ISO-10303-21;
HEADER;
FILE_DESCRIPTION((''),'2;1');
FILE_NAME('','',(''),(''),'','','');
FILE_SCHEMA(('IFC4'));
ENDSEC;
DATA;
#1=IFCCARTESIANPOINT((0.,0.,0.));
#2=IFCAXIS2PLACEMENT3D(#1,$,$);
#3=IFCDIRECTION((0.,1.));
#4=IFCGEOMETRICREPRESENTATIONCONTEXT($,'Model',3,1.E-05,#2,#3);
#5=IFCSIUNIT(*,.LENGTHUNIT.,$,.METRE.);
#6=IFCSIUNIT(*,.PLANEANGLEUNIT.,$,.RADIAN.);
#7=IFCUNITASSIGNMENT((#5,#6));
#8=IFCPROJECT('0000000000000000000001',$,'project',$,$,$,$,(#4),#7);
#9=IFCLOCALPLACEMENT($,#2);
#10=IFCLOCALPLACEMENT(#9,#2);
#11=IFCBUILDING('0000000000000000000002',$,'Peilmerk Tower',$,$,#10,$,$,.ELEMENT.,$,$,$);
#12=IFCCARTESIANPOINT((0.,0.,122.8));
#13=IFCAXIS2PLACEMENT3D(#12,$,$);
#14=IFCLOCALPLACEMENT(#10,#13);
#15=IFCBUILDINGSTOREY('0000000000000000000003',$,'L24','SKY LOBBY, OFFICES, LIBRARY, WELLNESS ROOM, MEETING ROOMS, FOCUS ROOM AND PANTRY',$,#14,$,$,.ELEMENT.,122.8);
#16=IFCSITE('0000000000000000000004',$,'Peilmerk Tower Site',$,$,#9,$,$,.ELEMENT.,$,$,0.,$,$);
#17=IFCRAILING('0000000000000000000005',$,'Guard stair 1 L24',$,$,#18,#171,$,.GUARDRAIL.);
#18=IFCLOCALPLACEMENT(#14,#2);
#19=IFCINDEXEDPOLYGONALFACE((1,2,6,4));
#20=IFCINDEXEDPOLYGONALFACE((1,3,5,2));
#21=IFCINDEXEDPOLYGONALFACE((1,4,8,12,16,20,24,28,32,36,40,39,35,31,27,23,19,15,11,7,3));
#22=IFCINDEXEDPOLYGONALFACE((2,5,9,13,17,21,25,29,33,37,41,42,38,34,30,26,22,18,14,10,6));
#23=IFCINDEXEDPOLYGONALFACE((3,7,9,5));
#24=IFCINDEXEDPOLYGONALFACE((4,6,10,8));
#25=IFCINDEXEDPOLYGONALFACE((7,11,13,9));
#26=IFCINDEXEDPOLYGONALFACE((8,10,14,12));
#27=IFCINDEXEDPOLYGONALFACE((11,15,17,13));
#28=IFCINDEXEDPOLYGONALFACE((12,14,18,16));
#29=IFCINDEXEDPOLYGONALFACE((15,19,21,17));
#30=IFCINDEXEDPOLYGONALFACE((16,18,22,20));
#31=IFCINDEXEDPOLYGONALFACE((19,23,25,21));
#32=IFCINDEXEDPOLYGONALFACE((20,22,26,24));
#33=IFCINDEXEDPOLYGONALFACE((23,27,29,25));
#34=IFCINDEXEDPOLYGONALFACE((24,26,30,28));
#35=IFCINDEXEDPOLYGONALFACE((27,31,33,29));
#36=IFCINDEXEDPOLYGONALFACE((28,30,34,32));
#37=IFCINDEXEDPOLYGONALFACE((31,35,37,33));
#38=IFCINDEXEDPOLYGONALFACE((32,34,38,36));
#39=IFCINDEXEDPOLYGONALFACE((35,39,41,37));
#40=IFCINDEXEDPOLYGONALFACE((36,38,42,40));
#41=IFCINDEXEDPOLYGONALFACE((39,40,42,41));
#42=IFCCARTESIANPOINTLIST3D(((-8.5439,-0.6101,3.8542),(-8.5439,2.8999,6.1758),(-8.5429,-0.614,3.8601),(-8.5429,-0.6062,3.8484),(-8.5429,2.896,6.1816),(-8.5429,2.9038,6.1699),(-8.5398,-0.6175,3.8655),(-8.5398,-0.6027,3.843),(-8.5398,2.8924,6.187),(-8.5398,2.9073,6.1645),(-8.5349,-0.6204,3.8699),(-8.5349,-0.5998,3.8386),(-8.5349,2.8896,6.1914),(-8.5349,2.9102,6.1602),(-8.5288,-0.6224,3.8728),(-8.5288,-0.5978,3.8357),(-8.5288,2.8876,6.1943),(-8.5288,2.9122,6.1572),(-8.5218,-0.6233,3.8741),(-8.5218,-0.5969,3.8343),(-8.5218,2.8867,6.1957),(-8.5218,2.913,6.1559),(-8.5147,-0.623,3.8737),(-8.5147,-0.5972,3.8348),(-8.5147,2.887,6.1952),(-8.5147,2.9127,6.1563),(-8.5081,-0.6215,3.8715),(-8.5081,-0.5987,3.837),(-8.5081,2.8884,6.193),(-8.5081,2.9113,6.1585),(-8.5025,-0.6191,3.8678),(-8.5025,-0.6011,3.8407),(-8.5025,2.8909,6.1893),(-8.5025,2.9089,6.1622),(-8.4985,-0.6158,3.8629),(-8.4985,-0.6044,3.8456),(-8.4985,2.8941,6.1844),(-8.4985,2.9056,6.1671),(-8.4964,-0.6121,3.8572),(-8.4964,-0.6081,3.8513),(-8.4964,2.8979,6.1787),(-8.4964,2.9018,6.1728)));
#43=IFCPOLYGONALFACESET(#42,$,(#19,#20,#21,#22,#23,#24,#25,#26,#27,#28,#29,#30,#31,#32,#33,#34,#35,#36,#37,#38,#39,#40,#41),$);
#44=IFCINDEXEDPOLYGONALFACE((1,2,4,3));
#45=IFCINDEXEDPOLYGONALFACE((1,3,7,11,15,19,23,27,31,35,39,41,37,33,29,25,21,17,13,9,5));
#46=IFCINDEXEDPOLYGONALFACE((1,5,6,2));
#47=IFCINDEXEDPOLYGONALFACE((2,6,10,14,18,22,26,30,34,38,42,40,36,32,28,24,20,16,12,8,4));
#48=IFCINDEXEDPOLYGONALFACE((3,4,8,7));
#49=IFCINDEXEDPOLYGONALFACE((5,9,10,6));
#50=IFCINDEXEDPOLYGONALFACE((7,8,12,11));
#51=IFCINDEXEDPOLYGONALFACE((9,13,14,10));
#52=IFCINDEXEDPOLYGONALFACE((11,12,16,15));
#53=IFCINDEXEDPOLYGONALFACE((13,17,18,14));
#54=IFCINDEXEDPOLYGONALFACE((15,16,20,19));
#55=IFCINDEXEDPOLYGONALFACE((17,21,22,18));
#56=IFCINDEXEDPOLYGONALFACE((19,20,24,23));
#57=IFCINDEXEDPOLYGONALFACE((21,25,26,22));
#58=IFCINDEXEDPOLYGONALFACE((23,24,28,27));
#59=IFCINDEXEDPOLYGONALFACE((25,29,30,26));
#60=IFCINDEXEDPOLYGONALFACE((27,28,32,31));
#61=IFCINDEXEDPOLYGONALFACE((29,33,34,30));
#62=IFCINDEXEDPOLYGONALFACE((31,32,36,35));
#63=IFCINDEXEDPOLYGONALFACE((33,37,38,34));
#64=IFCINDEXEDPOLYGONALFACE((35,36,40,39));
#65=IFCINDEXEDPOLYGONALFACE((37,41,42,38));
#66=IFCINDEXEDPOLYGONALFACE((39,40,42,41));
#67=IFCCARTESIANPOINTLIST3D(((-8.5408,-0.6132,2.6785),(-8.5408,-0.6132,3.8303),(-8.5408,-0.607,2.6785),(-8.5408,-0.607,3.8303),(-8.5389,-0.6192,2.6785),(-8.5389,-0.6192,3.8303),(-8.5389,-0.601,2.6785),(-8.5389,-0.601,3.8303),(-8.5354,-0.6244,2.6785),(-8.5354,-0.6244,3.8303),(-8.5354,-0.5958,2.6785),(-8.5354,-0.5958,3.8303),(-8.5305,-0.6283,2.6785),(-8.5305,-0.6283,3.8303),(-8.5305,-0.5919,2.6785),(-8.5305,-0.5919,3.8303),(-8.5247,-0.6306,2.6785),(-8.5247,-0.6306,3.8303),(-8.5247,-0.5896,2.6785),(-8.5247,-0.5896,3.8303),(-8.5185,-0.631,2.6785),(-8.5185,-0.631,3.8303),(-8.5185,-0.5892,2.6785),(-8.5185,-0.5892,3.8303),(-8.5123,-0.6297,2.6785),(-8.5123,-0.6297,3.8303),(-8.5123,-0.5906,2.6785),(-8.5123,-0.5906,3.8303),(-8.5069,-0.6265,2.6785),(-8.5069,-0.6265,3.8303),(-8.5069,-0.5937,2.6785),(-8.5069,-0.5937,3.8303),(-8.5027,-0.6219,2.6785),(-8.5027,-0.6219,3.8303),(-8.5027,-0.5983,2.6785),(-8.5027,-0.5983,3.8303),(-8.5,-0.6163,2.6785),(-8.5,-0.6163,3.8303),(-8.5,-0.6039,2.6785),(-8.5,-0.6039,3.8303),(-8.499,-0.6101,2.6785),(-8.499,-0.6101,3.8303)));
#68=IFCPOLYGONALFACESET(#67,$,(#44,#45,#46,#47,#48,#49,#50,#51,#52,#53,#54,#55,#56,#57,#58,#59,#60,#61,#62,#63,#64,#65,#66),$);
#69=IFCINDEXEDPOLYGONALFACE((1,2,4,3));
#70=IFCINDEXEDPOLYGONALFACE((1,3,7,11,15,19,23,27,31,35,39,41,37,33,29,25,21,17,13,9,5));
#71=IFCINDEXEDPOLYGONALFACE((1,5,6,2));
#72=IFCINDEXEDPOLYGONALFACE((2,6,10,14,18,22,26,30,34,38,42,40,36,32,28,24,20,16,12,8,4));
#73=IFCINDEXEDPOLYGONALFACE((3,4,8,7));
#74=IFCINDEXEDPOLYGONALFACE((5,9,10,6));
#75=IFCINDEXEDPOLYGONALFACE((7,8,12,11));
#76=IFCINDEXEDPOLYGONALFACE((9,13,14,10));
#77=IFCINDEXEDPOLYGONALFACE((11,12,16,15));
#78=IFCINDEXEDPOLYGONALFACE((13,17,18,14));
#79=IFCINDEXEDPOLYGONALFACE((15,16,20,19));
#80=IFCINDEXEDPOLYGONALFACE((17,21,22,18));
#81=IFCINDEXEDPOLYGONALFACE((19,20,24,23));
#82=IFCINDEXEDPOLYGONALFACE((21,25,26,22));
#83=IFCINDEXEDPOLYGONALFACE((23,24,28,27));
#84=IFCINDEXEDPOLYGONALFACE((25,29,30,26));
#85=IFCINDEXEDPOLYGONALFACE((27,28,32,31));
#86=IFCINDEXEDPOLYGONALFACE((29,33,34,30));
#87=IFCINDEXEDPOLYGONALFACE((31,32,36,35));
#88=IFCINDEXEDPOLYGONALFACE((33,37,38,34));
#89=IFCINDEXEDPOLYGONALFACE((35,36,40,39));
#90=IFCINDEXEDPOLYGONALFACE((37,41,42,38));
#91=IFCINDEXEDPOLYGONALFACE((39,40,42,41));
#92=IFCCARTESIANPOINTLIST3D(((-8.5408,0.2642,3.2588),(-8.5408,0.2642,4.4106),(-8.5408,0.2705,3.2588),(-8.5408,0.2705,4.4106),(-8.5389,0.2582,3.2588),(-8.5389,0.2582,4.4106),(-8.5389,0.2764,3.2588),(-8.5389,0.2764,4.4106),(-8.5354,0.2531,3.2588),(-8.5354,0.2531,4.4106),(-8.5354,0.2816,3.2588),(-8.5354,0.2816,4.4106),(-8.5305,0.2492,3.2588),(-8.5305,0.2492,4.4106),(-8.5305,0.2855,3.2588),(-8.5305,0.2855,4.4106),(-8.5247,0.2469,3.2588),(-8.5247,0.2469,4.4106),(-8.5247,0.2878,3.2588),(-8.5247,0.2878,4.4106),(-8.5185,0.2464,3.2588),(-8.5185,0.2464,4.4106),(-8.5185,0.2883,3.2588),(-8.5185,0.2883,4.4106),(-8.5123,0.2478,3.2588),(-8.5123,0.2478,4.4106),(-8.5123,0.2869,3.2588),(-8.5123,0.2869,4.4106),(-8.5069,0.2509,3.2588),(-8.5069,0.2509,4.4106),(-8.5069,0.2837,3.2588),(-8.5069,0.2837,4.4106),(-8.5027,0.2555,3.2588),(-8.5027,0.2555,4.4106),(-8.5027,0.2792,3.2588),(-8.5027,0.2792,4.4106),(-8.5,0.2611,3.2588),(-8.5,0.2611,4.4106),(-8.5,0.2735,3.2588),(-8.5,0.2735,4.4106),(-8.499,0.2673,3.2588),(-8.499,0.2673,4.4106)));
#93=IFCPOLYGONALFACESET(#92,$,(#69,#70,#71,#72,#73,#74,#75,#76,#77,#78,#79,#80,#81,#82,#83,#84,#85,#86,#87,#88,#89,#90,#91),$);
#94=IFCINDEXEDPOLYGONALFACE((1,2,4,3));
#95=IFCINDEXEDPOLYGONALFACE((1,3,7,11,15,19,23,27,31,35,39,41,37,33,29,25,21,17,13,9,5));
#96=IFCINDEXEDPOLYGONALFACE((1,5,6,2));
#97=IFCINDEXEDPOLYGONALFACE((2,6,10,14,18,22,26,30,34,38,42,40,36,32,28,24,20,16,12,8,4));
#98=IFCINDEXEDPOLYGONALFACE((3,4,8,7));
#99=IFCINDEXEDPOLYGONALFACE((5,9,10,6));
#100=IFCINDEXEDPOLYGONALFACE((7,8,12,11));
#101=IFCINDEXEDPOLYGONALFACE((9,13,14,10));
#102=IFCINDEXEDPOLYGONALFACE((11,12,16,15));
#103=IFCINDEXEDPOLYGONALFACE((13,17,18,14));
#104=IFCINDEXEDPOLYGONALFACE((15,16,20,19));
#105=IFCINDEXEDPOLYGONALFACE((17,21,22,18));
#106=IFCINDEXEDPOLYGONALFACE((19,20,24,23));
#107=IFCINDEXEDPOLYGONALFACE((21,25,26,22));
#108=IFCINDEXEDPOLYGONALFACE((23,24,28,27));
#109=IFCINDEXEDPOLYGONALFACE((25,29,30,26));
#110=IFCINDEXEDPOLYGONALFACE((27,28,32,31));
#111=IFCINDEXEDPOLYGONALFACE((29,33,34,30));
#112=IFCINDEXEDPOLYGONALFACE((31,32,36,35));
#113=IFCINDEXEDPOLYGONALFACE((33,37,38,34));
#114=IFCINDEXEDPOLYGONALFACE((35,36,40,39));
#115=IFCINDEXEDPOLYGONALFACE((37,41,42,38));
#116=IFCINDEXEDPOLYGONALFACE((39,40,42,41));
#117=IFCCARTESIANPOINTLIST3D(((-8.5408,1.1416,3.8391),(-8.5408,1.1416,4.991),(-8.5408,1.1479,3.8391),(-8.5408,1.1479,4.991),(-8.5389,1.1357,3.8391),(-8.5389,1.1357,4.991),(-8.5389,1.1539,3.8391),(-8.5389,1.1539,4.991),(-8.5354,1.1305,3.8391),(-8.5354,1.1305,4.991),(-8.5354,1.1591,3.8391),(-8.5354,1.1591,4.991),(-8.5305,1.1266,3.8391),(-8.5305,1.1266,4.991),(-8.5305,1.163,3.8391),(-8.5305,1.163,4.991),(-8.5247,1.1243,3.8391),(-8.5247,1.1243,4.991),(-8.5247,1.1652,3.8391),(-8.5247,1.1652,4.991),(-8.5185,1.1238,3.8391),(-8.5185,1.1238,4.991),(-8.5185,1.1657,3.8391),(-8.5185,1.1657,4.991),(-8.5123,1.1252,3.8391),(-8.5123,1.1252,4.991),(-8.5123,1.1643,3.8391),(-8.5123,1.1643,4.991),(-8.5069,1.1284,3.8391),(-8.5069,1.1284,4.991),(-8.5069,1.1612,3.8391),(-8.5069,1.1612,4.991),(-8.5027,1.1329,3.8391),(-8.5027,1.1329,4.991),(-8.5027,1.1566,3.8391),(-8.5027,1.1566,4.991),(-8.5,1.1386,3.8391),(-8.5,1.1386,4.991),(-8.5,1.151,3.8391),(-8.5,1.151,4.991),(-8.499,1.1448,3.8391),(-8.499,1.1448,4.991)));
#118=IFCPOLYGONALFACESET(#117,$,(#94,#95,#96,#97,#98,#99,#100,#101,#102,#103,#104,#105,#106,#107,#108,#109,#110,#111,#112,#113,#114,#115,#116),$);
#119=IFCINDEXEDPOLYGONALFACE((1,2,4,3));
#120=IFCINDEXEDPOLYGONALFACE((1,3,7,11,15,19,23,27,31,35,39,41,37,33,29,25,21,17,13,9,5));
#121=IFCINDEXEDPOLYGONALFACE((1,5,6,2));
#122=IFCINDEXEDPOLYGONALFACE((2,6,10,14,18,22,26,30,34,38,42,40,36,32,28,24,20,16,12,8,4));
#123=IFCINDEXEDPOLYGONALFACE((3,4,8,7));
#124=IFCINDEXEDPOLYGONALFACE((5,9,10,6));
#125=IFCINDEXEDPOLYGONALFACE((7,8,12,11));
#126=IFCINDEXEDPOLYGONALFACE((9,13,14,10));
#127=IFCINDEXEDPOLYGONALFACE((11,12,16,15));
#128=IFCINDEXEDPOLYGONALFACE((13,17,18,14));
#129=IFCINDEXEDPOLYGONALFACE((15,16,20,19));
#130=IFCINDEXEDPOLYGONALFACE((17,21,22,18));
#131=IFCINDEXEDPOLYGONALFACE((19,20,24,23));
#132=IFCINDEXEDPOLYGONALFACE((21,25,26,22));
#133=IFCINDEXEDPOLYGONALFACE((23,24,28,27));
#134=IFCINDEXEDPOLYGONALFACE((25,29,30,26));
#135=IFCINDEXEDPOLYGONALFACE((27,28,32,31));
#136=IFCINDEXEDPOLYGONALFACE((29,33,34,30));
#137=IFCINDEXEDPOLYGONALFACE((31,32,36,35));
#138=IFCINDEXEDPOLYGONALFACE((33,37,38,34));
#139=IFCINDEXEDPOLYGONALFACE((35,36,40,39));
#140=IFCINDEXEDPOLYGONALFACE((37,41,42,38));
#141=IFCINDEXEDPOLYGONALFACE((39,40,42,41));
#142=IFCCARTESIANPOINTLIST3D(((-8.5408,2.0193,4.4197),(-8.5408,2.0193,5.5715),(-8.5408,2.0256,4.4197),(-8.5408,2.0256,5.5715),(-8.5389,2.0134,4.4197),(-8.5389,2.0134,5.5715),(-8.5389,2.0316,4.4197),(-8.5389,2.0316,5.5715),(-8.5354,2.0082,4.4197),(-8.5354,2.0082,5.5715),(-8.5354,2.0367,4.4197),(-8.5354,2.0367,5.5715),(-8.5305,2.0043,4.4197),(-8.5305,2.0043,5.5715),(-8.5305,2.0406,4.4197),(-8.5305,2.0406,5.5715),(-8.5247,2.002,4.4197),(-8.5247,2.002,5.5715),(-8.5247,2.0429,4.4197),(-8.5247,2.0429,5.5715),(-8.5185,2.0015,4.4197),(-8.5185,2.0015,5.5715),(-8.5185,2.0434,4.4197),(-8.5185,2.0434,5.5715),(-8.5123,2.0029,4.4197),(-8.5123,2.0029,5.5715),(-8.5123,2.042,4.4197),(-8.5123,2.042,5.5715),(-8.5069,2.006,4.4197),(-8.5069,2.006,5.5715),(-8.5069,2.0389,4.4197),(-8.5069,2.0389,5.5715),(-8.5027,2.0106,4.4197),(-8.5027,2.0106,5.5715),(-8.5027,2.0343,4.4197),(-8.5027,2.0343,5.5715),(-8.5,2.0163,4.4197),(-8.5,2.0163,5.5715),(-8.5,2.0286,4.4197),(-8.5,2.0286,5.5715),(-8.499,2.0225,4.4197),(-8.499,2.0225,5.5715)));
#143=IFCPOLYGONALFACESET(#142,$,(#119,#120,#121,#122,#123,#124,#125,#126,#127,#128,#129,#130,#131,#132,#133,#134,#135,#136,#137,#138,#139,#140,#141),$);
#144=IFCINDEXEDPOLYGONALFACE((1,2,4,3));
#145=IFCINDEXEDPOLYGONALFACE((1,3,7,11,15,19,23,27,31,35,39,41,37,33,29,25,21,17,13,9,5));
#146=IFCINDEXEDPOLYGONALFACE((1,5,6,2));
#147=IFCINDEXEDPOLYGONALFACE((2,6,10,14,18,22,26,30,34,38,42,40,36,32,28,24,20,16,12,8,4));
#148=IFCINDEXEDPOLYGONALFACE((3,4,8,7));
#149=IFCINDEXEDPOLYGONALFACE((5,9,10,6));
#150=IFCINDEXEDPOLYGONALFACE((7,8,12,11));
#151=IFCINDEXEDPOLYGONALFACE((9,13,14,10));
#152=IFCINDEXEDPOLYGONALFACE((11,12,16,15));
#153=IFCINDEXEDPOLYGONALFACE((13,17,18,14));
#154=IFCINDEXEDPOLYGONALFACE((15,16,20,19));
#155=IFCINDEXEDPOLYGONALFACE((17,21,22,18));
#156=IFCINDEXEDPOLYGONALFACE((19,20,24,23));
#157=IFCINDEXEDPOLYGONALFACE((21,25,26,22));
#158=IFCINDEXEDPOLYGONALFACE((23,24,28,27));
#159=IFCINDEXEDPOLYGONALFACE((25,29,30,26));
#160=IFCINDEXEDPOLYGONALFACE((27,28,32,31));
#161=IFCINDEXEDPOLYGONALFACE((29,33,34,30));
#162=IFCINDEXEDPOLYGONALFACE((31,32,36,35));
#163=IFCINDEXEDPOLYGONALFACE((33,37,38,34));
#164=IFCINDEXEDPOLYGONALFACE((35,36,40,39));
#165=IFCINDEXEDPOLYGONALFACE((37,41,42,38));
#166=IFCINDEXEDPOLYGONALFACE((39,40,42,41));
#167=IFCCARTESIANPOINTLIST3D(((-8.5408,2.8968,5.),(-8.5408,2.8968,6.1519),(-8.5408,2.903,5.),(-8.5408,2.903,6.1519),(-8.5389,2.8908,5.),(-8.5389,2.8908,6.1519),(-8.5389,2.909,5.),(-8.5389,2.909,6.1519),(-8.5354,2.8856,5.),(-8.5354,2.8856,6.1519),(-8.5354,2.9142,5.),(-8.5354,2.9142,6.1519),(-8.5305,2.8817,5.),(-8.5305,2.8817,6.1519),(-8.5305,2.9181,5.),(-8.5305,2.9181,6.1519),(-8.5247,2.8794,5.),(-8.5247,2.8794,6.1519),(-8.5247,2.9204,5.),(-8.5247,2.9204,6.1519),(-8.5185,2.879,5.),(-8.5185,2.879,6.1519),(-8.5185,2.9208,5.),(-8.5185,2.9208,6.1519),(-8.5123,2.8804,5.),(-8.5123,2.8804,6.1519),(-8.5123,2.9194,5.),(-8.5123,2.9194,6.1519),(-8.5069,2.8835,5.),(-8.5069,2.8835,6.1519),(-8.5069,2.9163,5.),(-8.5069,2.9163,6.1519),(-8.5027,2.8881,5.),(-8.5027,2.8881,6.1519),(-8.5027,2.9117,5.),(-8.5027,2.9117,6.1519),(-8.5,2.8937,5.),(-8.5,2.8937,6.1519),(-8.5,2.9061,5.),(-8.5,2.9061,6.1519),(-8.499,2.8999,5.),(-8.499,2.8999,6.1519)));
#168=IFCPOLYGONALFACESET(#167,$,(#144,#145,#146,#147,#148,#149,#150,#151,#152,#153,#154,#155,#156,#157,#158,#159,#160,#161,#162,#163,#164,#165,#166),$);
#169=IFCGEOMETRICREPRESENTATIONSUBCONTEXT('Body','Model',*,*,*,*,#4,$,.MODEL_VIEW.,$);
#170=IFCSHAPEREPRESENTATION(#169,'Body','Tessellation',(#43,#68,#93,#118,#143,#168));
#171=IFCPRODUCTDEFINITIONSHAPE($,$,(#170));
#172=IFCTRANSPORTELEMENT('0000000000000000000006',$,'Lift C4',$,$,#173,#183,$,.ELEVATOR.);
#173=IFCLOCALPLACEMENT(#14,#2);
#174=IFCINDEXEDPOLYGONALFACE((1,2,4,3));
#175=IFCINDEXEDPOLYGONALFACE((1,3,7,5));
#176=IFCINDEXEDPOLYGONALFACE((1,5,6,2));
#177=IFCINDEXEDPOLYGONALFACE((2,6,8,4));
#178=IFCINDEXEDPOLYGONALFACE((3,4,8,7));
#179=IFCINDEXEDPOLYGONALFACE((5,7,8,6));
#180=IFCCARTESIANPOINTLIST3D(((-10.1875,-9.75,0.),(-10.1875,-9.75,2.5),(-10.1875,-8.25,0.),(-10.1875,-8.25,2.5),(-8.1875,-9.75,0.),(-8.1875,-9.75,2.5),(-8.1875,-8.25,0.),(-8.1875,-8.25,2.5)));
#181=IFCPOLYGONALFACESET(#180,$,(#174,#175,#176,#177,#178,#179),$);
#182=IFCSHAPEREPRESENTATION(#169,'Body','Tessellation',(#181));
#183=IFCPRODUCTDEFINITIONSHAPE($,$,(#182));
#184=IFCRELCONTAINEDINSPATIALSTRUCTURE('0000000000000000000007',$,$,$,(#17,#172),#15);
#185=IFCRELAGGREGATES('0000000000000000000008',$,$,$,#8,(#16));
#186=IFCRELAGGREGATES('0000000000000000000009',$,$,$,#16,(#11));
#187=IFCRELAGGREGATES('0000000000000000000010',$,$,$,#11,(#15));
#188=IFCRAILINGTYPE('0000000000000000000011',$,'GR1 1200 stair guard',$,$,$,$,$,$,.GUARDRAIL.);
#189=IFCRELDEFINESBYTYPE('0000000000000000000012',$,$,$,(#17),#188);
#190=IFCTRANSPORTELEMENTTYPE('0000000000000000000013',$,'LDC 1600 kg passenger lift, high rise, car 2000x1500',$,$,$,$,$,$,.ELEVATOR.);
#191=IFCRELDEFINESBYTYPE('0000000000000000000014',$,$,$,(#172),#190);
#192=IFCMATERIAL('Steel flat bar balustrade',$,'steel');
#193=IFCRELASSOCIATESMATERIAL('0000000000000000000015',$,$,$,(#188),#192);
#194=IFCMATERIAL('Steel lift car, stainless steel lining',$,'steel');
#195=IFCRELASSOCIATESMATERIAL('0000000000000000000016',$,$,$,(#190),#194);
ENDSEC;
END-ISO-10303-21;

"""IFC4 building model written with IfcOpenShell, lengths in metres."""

from ifc_helpers import new_model, si_unit, direction, frame, origin, origin_with_axes, origin_2d, place, context, subcontext, project, spatial, rectangle, circle, extrude, material, type_object, element, save


model = new_model("IFC4")

# Units and contexts
model_context = context("Model", 3, precision=1e-05, world=origin(), true_north=direction((0.0, 1.0)))
body_context = subcontext(model_context, "Body", "Model", "MODEL_VIEW")
ifc_project = project(units=[si_unit("LENGTHUNIT", "METRE"), si_unit("PLANEANGLEUNIT", "RADIAN")], contexts=[model_context])

# Site, building, storey
site_placement = place(None, origin())
site = spatial("IfcSite", under=ifc_project, at=site_placement, Name="Peilmerk Tower Site", CompositionType="ELEMENT", RefElevation=0.0)
building_placement = place(site_placement, origin())
building = spatial("IfcBuilding", under=site, at=building_placement, Name="Peilmerk Tower", CompositionType="ELEMENT")
storey_placement = place(building_placement, frame((0.0, 0.0, 122.8)))
storey = spatial("IfcBuildingStorey", under=building, at=storey_placement, Name="L24", Description="SKY LOBBY, OFFICES, LIBRARY, WELLNESS ROOM, MEETING ROOMS, FOCUS ROOM AND PANTRY", CompositionType="ELEMENT", Elevation=122.8)

# Railing
ifc_material_1 = material(Name="Steel flat bar balustrade", Category="steel")
railing_type = type_object("IfcRailingType", Name="GR1 1200 stair guard", PredefinedType="GUARDRAIL", material=ifc_material_1)
railing_placement = place(storey_placement, frame((-8.52, -0.6101, 2.6785)))
element("IfcRailing", 1, at=railing_placement, inside=storey, type_object=railing_type, Name="Guard stair 1 L24", PredefinedType="GUARDRAIL", context=body_context, shape_type="SweptSolid", body=[
    extrude(circle(Radius=0.0239, at=origin_2d()), frame((0.0, 0.0, 1.1758), z_axis=(0.0, 0.834071, 0.551657), x_axis=(-1.0, 0.0, 0.0)), (0.0, 0.0, 1.0), 4.2083),
    extrude(circle(Radius=0.021, at=origin_2d()), origin(), (0.0, 0.0, 1.0), 1.1519),
    extrude(circle(Radius=0.021, at=origin_2d()), frame((0.0, 0.8774, 0.5803)), (0.0, 0.0, 1.0), 1.1519),
    extrude(circle(Radius=0.021, at=origin_2d()), frame((0.0, 1.7549, 1.1606)), (0.0, 0.0, 1.0), 1.1519),
    extrude(circle(Radius=0.021, at=origin_2d()), frame((0.0, 2.6326, 1.7412)), (0.0, 0.0, 1.0), 1.1519),
    extrude(circle(Radius=0.021, at=origin_2d()), frame((0.0, 3.51, 2.3215)), (0.0, 0.0, 1.0), 1.1519),
])

# Transport element
ifc_material_2 = material(Name="Steel lift car, stainless steel lining", Category="steel")
transport_element_type = type_object("IfcTransportElementType", Name="LDC 1600 kg passenger lift, high rise, car 2000x1500", PredefinedType="ELEVATOR", material=ifc_material_2)
transport_element_placement = place(storey_placement, frame((-9.1875, -9.0, 0.0), z_axis=(0.0, 0.0, 1.0), x_axis=(1.0, 0.0, 0.0)))
element("IfcTransportElement", 2, at=transport_element_placement, inside=storey, type_object=transport_element_type, Name="Lift C4", PredefinedType="ELEVATOR", context=body_context, shape_type="SweptSolid", body=[
    extrude(rectangle(XDim=2.0, YDim=1.5, at=origin_2d()), origin_with_axes(), (0.0, 0.0, 1.0), 2.5),
])

save(model, "model.ifc")
